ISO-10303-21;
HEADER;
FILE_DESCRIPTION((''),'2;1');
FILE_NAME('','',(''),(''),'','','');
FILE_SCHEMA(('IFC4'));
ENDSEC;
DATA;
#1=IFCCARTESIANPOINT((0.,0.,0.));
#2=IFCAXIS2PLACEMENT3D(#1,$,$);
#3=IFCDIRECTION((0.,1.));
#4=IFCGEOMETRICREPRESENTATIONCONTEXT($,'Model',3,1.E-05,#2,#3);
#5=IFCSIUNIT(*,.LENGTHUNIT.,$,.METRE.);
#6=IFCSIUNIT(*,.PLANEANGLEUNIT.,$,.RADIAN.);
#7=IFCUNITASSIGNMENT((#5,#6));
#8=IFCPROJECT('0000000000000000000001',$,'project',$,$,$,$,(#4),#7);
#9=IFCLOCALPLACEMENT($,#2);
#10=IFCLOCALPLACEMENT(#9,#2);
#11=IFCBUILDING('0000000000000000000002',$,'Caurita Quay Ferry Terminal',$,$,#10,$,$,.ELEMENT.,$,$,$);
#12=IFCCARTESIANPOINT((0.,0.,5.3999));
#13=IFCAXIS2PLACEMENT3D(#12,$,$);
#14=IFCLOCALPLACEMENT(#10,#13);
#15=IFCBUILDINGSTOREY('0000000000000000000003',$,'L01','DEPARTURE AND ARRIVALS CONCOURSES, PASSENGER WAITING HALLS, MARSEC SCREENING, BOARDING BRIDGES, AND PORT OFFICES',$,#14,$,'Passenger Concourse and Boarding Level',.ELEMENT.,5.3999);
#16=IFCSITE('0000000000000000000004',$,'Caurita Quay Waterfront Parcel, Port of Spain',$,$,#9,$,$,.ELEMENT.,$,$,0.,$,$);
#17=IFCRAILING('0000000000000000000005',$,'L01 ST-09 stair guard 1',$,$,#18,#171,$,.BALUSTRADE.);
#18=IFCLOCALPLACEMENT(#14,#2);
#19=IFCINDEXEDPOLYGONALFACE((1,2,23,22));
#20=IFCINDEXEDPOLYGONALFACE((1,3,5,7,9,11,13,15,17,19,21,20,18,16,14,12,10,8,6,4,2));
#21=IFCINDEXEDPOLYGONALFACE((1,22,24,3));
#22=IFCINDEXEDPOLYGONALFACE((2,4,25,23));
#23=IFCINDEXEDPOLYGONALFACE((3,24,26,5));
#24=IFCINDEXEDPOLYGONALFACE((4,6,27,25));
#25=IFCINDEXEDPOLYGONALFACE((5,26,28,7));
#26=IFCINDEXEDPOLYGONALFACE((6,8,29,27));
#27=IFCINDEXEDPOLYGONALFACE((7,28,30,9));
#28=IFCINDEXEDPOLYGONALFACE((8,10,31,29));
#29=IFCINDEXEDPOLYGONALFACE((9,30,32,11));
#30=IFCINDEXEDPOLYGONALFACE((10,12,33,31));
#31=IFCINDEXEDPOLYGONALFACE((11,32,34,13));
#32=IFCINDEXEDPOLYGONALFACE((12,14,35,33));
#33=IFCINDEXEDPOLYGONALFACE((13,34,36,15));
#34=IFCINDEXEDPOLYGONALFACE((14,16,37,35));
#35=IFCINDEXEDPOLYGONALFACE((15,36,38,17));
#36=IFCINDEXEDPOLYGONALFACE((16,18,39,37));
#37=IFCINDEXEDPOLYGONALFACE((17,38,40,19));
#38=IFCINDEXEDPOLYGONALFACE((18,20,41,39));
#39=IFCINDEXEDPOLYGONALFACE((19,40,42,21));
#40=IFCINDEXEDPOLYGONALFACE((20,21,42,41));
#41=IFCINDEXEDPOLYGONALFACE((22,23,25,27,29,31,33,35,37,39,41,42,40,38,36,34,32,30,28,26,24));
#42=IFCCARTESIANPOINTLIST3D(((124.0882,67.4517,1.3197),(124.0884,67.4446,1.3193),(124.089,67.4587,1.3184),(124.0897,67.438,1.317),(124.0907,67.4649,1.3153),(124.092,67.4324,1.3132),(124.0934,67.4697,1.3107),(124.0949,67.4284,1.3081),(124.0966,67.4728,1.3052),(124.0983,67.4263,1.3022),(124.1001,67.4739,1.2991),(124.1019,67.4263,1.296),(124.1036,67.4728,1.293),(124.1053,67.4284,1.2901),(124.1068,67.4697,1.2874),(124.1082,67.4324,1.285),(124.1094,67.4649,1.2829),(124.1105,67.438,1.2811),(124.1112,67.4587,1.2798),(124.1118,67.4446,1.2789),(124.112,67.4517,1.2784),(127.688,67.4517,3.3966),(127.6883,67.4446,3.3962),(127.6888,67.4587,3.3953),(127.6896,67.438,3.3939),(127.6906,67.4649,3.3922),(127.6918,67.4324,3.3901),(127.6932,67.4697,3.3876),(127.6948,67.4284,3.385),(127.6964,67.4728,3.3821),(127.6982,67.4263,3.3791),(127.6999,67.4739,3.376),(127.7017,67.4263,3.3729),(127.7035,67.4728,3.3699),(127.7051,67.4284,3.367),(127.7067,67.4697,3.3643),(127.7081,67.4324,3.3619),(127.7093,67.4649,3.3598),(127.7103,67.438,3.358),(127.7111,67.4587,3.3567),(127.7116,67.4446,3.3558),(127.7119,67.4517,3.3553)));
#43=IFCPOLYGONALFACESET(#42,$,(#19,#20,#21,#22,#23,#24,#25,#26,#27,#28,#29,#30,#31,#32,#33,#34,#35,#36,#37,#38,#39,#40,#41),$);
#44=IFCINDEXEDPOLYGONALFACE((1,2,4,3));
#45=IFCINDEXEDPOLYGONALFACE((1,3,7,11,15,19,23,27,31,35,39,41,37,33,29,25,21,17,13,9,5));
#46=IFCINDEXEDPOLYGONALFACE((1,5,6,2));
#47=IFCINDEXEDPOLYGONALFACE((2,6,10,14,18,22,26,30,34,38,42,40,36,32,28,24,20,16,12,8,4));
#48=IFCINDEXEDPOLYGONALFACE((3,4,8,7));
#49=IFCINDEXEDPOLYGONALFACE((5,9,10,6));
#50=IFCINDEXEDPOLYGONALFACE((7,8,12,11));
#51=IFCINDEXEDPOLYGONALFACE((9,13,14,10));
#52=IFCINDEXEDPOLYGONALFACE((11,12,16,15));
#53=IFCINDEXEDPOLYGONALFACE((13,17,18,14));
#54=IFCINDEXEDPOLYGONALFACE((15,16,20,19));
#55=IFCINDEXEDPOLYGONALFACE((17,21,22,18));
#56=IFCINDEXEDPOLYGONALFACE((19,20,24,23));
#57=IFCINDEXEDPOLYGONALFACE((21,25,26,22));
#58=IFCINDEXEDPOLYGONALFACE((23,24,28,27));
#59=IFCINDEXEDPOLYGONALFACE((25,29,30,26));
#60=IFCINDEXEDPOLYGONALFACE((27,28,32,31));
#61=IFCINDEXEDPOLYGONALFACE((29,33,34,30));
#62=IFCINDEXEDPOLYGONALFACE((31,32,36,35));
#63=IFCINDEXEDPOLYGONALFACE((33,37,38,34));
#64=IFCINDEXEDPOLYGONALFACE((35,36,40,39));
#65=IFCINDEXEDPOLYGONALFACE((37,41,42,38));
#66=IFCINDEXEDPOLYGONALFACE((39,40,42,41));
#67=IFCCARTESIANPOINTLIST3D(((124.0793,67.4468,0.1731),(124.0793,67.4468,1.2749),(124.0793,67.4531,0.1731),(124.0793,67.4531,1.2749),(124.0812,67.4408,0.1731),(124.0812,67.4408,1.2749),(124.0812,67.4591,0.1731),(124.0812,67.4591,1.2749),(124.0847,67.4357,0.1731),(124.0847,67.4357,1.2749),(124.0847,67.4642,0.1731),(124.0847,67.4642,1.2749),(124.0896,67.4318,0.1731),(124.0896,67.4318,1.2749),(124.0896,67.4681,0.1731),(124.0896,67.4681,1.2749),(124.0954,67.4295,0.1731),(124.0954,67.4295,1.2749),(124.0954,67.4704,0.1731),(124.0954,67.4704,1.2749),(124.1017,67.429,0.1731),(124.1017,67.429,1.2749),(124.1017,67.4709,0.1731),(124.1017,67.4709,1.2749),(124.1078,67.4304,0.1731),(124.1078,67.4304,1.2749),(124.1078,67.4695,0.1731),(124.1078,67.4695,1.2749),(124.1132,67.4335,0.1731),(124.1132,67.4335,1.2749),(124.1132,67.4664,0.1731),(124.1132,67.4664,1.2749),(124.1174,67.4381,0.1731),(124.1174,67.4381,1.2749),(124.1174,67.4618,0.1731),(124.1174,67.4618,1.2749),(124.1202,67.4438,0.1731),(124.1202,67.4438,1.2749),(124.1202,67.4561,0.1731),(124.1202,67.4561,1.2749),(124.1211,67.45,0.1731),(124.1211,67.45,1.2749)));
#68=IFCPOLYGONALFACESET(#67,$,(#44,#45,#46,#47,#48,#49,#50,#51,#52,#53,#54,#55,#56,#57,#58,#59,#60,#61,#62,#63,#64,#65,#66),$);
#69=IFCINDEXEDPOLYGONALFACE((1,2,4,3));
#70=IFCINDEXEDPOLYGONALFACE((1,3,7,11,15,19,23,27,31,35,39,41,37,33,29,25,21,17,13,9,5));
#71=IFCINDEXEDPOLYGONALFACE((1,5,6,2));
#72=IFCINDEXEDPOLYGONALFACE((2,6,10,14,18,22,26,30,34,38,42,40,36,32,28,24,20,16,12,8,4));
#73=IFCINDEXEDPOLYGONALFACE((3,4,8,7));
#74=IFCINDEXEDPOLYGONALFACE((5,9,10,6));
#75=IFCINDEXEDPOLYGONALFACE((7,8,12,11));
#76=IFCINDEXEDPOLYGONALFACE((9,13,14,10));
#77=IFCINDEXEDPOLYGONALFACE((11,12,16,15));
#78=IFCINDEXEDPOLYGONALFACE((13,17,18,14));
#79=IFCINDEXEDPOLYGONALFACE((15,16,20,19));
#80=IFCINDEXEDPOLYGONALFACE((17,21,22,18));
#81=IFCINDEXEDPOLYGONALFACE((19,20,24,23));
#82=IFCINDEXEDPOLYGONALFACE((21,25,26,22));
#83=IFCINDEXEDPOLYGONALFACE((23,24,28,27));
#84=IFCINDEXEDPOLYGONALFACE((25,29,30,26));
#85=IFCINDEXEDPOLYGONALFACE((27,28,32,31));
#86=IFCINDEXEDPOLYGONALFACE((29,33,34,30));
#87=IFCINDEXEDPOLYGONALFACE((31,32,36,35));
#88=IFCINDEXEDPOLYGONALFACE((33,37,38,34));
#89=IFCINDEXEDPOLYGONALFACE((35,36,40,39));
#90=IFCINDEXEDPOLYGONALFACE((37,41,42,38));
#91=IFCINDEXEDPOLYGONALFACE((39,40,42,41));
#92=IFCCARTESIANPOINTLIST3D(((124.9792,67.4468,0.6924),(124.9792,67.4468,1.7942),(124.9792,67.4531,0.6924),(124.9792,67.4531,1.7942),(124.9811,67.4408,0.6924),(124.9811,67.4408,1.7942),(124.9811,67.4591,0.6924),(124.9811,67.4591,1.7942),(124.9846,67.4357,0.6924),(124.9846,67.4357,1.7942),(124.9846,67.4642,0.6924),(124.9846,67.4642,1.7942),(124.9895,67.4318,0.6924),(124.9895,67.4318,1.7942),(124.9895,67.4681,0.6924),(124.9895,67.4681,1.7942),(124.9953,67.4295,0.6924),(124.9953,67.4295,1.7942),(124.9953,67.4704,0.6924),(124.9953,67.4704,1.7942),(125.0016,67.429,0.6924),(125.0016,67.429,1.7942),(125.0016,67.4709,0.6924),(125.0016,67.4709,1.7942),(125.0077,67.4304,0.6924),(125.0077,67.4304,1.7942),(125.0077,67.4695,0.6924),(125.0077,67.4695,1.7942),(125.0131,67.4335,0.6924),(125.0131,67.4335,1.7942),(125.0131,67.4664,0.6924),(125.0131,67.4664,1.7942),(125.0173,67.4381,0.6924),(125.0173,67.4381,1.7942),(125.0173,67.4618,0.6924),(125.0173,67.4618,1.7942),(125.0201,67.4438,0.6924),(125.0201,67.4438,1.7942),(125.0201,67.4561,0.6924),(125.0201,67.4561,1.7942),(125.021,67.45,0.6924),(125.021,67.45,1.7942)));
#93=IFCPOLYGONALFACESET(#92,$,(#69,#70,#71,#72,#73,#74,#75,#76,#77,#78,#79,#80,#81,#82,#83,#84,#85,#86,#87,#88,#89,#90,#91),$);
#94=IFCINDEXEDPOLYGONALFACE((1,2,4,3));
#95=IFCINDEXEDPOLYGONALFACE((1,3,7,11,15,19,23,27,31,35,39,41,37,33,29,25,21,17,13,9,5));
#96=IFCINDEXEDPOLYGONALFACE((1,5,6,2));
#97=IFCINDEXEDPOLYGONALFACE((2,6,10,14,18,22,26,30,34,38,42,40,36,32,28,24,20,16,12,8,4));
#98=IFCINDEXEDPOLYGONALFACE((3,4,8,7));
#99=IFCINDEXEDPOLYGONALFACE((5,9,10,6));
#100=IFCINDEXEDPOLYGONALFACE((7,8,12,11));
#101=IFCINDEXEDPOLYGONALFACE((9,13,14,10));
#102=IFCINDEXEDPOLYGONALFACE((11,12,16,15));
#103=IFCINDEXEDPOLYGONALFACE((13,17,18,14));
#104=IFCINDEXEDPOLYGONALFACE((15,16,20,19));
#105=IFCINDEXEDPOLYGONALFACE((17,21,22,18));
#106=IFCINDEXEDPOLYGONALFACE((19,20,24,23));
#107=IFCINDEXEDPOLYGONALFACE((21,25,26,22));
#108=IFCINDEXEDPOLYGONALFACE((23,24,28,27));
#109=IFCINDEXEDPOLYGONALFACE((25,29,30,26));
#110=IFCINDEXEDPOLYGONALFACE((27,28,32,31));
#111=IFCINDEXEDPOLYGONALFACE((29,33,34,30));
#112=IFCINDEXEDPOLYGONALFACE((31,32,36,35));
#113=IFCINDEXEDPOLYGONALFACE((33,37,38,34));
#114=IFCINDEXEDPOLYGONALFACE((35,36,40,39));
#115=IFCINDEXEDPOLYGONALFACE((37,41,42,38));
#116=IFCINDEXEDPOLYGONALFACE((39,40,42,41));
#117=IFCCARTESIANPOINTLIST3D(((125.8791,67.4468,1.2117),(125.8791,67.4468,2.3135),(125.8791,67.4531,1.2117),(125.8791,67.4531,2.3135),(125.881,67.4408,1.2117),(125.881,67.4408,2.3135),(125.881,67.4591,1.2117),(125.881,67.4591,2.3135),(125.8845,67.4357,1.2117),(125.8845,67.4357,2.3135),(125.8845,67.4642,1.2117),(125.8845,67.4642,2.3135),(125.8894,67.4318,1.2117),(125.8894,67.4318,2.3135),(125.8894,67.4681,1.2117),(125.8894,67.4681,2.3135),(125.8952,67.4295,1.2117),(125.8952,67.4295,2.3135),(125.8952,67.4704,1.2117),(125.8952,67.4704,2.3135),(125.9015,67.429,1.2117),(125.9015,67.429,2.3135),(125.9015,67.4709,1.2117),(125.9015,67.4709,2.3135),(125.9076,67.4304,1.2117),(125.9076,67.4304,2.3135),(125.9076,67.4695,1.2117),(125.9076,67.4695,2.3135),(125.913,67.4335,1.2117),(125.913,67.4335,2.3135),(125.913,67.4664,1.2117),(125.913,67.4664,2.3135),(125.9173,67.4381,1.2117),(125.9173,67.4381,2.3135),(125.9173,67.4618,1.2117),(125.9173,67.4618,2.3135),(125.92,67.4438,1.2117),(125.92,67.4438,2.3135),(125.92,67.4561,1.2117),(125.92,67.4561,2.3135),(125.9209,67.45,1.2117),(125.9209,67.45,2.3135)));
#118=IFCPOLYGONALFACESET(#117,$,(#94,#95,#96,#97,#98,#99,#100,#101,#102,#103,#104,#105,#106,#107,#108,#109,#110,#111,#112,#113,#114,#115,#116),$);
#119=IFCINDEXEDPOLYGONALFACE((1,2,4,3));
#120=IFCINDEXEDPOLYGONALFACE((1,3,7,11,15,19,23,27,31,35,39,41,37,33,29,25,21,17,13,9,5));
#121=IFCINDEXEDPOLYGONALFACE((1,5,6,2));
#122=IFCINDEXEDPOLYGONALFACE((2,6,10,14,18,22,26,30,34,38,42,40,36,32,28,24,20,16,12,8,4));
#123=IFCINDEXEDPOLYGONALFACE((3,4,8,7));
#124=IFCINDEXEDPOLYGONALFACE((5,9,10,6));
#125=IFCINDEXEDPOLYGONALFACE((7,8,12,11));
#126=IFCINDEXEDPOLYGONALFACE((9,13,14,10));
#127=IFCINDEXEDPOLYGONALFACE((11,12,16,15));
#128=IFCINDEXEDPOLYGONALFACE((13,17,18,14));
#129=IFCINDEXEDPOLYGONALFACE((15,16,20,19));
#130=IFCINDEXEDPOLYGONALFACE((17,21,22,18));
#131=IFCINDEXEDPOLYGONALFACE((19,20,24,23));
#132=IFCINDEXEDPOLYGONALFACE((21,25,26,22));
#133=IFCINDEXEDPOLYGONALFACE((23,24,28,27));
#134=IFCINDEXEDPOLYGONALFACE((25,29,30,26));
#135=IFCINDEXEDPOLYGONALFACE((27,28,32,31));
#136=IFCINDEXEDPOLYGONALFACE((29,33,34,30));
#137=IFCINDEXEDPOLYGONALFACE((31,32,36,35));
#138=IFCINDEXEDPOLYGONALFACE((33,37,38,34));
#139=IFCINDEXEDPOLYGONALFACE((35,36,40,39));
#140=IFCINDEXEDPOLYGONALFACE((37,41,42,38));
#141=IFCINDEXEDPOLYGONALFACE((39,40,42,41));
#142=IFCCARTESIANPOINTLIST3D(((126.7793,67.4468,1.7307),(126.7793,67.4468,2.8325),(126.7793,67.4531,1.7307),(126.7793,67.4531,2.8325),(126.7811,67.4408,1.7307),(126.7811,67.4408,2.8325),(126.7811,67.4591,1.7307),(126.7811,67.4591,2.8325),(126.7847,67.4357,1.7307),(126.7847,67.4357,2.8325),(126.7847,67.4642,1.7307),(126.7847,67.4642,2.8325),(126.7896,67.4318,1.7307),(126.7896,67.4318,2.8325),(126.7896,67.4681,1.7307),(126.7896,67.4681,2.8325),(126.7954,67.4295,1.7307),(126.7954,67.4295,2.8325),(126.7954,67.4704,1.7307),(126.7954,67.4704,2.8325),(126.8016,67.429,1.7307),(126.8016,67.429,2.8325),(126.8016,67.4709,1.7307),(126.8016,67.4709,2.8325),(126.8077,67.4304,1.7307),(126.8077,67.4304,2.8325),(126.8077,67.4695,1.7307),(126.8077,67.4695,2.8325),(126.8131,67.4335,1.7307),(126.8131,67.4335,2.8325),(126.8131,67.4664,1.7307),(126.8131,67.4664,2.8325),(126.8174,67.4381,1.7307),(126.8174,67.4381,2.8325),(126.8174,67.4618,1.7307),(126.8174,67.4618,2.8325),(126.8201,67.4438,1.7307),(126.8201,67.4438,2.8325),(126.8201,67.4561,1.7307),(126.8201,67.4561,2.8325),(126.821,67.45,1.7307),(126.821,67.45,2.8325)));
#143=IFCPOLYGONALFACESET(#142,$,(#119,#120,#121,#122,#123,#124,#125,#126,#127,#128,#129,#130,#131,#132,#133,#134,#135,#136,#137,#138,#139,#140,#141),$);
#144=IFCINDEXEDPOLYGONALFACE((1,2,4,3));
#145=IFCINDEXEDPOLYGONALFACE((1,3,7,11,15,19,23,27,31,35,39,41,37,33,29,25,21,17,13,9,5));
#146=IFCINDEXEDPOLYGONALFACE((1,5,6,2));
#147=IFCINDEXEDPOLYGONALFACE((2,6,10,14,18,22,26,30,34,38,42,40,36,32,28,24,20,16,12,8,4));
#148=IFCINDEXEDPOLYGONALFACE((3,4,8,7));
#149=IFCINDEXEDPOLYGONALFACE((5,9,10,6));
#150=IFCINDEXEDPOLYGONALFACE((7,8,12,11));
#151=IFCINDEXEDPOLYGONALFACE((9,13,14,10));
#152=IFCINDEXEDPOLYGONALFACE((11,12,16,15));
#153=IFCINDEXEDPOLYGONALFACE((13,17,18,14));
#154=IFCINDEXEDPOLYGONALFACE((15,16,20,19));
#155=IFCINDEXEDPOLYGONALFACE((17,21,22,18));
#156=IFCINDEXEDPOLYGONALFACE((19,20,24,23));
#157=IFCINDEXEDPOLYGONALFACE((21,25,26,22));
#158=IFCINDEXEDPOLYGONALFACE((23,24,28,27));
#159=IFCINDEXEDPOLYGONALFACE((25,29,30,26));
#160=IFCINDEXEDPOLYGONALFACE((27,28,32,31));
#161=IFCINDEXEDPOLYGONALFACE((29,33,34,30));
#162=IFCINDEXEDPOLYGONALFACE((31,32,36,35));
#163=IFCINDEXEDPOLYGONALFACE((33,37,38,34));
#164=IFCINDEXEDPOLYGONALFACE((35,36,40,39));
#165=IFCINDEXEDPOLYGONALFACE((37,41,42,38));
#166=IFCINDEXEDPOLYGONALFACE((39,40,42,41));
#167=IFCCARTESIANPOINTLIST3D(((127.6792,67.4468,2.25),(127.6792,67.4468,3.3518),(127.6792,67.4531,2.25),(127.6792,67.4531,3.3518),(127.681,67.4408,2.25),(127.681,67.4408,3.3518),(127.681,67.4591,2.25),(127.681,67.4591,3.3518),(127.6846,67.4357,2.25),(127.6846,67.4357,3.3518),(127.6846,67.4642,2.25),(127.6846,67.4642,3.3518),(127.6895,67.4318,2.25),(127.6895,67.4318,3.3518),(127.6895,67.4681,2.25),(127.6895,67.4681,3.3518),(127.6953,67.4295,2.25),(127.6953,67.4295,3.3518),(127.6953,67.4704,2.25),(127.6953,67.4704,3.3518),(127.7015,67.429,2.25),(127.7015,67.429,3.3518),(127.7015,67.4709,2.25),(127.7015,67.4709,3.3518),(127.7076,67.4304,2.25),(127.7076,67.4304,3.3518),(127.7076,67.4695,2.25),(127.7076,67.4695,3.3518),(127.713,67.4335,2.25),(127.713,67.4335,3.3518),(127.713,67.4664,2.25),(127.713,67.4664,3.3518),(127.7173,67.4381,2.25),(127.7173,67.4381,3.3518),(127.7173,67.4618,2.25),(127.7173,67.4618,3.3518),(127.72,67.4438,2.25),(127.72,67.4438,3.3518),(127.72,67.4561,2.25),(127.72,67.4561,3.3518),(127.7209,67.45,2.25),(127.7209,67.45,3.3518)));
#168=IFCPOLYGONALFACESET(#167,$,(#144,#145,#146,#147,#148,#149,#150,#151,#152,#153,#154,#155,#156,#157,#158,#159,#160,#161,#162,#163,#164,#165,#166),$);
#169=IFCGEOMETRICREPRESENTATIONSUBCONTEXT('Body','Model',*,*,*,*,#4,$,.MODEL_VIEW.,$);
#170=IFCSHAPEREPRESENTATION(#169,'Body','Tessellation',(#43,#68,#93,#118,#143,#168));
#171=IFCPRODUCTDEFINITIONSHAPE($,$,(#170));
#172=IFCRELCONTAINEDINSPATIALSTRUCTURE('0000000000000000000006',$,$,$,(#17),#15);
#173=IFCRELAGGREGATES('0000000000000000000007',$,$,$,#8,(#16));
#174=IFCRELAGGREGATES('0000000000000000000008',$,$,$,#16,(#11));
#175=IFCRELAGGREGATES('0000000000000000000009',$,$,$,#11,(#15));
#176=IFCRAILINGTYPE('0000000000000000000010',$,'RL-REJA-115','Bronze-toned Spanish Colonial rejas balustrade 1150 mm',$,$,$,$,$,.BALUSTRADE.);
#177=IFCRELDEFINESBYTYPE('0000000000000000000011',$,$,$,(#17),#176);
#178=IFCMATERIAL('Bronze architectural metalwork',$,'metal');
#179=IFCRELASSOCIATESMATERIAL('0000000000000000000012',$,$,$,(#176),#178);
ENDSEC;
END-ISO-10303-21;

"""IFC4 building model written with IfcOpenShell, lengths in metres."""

from ifc_helpers import new_model, si_unit, direction, frame, origin, origin_2d, place, context, subcontext, project, spatial, circle, extrude, material, type_object, element, save


model = new_model("IFC4")

# Units and contexts
model_context = context("Model", 3, precision=1e-05, world=origin(), true_north=direction((0.0, 1.0)))
body_context = subcontext(model_context, "Body", "Model", "MODEL_VIEW")
ifc_project = project(units=[si_unit("LENGTHUNIT", "METRE"), si_unit("PLANEANGLEUNIT", "RADIAN")], contexts=[model_context])

# Site, building, storey
site_placement = place(None, origin())
site = spatial("IfcSite", under=ifc_project, at=site_placement, Name="Caurita Quay Waterfront Parcel, Port of Spain", CompositionType="ELEMENT", RefElevation=0.0)
building_placement = place(site_placement, origin())
building = spatial("IfcBuilding", under=site, at=building_placement, Name="Caurita Quay Ferry Terminal", CompositionType="ELEMENT")
storey_placement = place(building_placement, frame((0.0, 0.0, 5.3999)))
storey = spatial("IfcBuildingStorey", under=building, at=storey_placement, Name="L01", Description="DEPARTURE AND ARRIVALS CONCOURSES, PASSENGER WAITING HALLS, MARSEC SCREENING, BOARDING BRIDGES, AND PORT OFFICES", LongName="Passenger Concourse and Boarding Level", CompositionType="ELEMENT", Elevation=5.3999)

# Railing
ifc_material_1 = material(Name="Bronze architectural metalwork", Category="metal")
railing_type_1 = type_object("IfcRailingType", Name="RL-REJA-115", Description="Bronze-toned Spanish Colonial rejas balustrade 1150 mm", PredefinedType="BALUSTRADE", material=ifc_material_1)
railing_1_placement = place(storey_placement, frame((124.1001, 67.45, 0.1731)))
element("IfcRailing", 1, at=railing_1_placement, inside=storey, type_object=railing_type_1, Name="L01 ST-09 stair guard 1", PredefinedType="BALUSTRADE", context=body_context, shape_type="SweptSolid", body=[
    extrude(circle(Radius=0.0239, at=origin_2d()), frame((0.0, 0.0, 1.126), z_axis=(0.866179, 0.0, 0.499734), x_axis=(0.0, 1.0, 0.0)), (0.0, 0.0, 1.0), 4.156),
    extrude(circle(Radius=0.021, at=origin_2d()), origin(), (0.0, 0.0, 1.0), 1.1018),
    extrude(circle(Radius=0.021, at=origin_2d()), frame((0.8999, 0.0, 0.5193)), (0.0, 0.0, 1.0), 1.1018),
    extrude(circle(Radius=0.021, at=origin_2d()), frame((1.7998, 0.0, 1.0386)), (0.0, 0.0, 1.0), 1.1018),
    extrude(circle(Radius=0.021, at=origin_2d()), frame((2.7, 0.0, 1.5576)), (0.0, 0.0, 1.0), 1.1018),
    extrude(circle(Radius=0.021, at=origin_2d()), frame((3.5999, 0.0, 2.0769)), (0.0, 0.0, 1.0), 1.1018),
])

save(model, "model.ifc")
